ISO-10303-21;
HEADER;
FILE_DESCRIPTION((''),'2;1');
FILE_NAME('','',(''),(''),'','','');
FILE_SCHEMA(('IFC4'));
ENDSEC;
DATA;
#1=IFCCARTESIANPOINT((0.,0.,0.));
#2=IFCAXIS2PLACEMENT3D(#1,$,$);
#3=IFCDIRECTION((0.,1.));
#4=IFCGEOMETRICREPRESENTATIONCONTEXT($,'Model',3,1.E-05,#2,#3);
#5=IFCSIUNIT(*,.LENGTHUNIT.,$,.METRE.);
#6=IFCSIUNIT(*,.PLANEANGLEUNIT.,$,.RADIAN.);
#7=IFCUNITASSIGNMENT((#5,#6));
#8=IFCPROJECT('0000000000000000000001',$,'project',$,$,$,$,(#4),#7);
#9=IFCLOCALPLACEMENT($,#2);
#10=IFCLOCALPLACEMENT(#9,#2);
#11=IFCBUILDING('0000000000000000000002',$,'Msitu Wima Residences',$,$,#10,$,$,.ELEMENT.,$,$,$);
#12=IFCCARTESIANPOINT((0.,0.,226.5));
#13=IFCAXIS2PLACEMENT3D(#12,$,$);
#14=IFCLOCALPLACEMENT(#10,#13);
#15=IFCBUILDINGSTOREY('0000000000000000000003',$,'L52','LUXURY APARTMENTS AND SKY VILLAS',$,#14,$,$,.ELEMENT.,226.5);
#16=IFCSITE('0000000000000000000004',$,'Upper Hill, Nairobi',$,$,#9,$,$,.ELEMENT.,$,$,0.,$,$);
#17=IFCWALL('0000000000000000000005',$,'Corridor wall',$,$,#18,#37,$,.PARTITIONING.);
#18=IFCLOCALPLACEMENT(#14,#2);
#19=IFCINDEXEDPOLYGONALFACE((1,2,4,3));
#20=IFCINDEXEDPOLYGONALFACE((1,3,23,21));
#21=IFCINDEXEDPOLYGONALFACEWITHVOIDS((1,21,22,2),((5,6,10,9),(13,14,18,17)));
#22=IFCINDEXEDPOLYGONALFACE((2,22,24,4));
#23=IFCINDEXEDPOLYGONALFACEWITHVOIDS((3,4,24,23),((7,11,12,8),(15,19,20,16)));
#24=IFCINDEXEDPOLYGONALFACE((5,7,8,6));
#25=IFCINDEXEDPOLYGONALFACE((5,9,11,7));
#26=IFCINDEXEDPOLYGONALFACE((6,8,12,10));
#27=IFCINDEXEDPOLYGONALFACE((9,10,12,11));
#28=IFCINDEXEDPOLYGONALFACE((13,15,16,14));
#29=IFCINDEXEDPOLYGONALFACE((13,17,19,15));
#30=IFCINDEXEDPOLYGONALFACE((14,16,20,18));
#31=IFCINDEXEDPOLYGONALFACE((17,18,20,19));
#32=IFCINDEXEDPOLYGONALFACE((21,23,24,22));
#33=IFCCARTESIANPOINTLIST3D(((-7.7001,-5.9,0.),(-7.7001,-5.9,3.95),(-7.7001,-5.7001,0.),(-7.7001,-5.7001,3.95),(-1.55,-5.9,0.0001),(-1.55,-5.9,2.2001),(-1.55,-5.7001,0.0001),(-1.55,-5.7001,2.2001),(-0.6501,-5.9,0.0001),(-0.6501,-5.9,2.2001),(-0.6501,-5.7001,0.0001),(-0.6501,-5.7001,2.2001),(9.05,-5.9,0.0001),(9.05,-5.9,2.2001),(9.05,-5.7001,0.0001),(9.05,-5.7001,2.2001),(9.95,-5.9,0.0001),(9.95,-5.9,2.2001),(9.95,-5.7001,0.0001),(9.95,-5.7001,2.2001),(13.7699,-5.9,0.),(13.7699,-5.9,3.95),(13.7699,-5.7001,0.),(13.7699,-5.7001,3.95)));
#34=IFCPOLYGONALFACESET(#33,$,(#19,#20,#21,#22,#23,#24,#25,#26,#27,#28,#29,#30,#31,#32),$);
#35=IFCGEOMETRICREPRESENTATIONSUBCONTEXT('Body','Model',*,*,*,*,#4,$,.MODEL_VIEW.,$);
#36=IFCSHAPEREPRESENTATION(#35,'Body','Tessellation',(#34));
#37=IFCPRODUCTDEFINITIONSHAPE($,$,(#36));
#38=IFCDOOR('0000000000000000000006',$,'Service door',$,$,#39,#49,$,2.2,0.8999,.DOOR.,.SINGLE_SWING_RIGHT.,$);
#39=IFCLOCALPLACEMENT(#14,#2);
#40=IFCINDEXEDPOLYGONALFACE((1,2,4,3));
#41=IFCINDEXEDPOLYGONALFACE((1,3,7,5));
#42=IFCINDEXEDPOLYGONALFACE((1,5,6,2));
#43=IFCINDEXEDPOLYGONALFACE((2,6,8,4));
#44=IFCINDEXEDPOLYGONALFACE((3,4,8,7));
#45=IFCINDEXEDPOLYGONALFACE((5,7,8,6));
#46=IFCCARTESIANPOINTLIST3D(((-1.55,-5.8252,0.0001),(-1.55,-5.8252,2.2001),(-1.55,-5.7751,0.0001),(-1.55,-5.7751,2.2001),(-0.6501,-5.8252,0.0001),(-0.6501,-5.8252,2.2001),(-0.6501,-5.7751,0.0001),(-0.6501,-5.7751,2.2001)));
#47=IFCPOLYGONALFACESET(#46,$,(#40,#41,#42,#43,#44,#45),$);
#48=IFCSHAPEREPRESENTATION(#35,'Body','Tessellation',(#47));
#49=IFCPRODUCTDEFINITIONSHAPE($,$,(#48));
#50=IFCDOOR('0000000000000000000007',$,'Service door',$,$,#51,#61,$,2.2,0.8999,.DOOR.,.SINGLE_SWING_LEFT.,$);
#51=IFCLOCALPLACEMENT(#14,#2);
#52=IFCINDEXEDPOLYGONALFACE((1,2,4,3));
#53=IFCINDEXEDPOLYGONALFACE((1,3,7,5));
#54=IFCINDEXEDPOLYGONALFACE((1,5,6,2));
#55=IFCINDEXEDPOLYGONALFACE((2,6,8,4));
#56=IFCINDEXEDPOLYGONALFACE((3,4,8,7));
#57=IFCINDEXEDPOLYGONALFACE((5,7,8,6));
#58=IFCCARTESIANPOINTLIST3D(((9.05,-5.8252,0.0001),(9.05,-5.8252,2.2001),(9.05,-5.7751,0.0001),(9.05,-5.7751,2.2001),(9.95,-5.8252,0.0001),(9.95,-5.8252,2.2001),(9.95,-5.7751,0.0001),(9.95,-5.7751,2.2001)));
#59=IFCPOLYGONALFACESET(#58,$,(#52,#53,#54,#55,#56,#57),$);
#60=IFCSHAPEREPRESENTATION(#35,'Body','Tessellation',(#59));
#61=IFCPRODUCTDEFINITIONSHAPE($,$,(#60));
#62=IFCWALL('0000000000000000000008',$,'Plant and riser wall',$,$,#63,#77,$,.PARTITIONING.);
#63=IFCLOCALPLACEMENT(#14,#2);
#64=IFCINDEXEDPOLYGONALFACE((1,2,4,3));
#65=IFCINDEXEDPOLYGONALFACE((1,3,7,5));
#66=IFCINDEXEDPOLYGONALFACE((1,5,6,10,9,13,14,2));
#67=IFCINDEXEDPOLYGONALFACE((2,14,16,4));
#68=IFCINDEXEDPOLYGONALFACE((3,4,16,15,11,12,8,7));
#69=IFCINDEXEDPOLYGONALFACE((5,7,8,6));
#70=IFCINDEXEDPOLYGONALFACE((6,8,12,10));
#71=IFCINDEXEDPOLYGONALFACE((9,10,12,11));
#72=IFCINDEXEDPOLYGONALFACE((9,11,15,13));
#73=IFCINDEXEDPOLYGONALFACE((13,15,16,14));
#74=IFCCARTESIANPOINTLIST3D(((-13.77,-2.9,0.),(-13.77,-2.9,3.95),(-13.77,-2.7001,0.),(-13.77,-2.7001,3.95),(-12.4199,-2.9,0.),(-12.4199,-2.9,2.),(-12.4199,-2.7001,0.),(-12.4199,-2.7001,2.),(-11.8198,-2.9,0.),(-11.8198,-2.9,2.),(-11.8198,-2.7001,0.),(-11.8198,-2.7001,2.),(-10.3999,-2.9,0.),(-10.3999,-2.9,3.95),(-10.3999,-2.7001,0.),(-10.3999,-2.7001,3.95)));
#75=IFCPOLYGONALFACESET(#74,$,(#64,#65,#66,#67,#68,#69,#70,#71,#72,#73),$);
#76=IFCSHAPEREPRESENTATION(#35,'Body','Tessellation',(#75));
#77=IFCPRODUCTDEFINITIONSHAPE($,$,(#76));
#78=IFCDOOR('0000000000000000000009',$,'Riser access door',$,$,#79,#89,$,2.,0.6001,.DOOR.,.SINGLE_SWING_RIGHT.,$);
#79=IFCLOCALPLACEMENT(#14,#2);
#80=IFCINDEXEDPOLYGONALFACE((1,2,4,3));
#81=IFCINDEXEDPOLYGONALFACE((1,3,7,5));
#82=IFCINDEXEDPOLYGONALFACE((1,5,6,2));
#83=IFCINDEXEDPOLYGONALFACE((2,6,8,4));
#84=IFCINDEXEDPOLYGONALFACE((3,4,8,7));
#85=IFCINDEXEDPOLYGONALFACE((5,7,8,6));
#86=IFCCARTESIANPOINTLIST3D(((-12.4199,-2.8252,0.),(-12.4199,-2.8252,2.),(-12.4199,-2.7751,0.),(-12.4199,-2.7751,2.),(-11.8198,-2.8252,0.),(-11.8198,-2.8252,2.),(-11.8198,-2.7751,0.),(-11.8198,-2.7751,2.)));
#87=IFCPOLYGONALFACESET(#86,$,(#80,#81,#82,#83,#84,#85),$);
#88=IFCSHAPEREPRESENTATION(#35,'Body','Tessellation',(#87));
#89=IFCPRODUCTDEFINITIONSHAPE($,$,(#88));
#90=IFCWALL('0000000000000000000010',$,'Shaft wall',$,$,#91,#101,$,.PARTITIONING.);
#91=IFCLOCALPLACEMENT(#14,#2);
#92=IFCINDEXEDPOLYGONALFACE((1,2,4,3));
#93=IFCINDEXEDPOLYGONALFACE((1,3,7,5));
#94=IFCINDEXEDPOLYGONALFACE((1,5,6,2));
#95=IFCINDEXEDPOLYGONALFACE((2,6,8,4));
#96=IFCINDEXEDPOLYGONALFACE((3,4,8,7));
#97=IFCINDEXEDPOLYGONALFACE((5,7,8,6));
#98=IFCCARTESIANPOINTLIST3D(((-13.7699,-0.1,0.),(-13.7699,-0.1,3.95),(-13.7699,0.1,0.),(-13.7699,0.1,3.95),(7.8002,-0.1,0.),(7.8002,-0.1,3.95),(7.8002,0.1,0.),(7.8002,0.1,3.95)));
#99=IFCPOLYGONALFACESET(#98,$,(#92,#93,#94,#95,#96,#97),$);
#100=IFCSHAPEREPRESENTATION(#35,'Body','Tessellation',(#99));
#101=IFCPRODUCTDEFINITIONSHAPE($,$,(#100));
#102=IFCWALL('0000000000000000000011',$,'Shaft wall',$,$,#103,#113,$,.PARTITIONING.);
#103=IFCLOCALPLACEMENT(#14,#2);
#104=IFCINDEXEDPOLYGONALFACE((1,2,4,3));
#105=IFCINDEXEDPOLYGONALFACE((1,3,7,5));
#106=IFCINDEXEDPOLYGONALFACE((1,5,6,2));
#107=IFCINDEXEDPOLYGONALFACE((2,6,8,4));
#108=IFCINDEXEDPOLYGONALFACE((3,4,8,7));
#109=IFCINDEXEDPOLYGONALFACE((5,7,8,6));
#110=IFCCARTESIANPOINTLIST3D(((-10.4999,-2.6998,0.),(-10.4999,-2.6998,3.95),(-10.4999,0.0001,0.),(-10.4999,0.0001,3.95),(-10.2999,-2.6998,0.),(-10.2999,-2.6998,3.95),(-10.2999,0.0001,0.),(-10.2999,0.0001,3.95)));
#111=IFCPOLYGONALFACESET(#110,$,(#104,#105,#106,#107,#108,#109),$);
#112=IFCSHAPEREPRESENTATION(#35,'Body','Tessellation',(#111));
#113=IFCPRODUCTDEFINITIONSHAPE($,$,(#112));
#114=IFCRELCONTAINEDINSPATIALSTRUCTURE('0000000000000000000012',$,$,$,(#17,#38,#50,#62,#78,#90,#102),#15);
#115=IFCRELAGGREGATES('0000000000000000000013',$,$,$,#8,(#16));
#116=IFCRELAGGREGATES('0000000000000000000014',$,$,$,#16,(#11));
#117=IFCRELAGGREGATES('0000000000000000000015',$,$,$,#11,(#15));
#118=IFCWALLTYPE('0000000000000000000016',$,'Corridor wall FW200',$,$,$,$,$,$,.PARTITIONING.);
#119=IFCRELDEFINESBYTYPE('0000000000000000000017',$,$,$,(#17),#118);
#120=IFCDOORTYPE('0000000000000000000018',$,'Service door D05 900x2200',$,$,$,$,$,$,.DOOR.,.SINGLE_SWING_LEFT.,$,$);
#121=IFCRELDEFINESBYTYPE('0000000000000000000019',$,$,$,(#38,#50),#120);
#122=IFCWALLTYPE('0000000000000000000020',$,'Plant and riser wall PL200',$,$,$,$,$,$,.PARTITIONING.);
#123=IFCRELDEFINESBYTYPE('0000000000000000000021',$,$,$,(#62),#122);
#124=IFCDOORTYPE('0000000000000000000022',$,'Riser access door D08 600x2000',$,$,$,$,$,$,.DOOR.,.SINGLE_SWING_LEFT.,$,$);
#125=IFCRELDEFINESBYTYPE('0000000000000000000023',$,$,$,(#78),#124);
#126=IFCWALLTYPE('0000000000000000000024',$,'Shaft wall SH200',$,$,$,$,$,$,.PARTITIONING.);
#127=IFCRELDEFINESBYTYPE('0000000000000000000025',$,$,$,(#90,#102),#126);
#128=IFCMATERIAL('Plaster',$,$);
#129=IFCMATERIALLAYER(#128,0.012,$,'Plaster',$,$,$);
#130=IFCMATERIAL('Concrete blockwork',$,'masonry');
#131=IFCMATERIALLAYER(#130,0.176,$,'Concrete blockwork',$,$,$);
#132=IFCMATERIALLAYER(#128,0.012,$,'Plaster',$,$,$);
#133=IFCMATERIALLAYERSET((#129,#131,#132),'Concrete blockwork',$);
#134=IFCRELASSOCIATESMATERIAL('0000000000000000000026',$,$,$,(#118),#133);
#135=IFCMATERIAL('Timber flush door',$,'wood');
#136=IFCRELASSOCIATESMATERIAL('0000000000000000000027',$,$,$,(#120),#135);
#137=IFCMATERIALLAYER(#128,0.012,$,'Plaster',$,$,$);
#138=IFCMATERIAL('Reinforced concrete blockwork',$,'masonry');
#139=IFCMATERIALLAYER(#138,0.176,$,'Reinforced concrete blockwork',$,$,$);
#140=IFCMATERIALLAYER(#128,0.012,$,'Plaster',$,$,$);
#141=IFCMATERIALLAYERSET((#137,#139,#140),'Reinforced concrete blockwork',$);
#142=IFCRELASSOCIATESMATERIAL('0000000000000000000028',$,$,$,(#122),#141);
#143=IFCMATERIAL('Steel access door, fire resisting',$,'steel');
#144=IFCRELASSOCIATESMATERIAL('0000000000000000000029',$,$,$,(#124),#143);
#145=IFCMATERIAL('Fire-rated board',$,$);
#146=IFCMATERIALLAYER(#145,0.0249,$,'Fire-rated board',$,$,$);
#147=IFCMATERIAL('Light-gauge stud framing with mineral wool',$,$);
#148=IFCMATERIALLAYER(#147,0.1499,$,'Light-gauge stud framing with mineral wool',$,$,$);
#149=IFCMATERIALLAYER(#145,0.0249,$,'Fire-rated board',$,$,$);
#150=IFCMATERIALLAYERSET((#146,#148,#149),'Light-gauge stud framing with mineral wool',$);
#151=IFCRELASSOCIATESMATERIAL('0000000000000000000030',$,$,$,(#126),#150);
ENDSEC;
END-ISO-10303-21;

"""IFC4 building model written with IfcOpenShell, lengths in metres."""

from ifc_helpers import new_model, si_unit, direction, frame, frame_2d, origin, place, context, subcontext, project, spatial, rectangle, extrude, material, layer, layer_set, type_object, element, fill, save


model = new_model("IFC4")

# Units and contexts
model_context = context("Model", 3, precision=1e-05, world=origin(), true_north=direction((0.0, 1.0)))
body_context = subcontext(model_context, "Body", "Model", "MODEL_VIEW")
ifc_project = project(units=[si_unit("LENGTHUNIT", "METRE"), si_unit("PLANEANGLEUNIT", "RADIAN")], contexts=[model_context])

# Site, building, storey
site_placement = place(None, origin())
site = spatial("IfcSite", under=ifc_project, at=site_placement, Name="Upper Hill, Nairobi", CompositionType="ELEMENT", RefElevation=0.0)
building_placement = place(site_placement, origin())
building = spatial("IfcBuilding", under=site, at=building_placement, Name="Msitu Wima Residences", CompositionType="ELEMENT")
storey_placement = place(building_placement, frame((0.0, 0.0, 226.5)))
storey = spatial("IfcBuildingStorey", under=building, at=storey_placement, Name="L52", Description="LUXURY APARTMENTS AND SKY VILLAS", CompositionType="ELEMENT", Elevation=226.5)

# Shared definitions
ifc_material_1 = material(Name="Plaster")
ifc_layer_1 = layer(ifc_material_1, 0.012, Name="Plaster")
ifc_material_2 = material(Name="Concrete blockwork", Category="masonry")
ifc_layer_2 = layer(ifc_material_2, 0.176, Name="Concrete blockwork")
ifc_layer_3 = layer(ifc_material_1, 0.012, Name="Plaster")
ifc_layer_set_1 = layer_set([ifc_layer_1, ifc_layer_2, ifc_layer_3], Name="Concrete blockwork")
wall_type_1 = type_object("IfcWallType", Name="Corridor wall FW200", PredefinedType="PARTITIONING", material=ifc_layer_set_1)

# Wall, openings, doors
wall_1_placement = place(storey_placement, frame((-7.7, -5.8, 0.0), z_axis=(0.0, 0.0, 1.0), x_axis=(1.0, 0.0, 0.0)))
wall_1 = element("IfcWall", 1, at=wall_1_placement, inside=storey, type_object=wall_type_1, Name="Corridor wall", PredefinedType="PARTITIONING", context=body_context, shape_type="SweptSolid", body=[
    extrude(rectangle(XDim=21.47, YDim=0.2, at=frame_2d((10.7349, 0.0))), origin(), (0.0, 0.0, 1.0), 3.95),
])
opening_1_placement = place(wall_1_placement, frame((6.1499, 0.0, 0.0)))
opening_1 = element("IfcOpeningElement", 2, at=opening_1_placement, cuts=wall_1, PredefinedType="OPENING", context=body_context, shape_type="SweptSolid", body=[
    extrude(rectangle(XDim=0.8999, YDim=2.2, at=frame_2d((0.45, 1.1001))), frame((0.0, 0.1099, 0.0), z_axis=(0.0, -1.0, 0.0), x_axis=(1.0, 0.0, 0.0)), (0.0, 0.0, 1.0), 0.22),
])
opening_2_placement = place(wall_1_placement, frame((16.75, 0.0, 0.0)))
opening_2 = element("IfcOpeningElement", 3, at=opening_2_placement, cuts=wall_1, PredefinedType="OPENING", context=body_context, shape_type="SweptSolid", body=[
    extrude(rectangle(XDim=0.8999, YDim=2.2, at=frame_2d((0.45, 1.1001))), frame((0.0, 0.1099, 0.0), z_axis=(0.0, -1.0, 0.0), x_axis=(1.0, 0.0, 0.0)), (0.0, 0.0, 1.0), 0.22),
])
ifc_material_3 = material(Name="Timber flush door", Category="wood")
door_type_1 = type_object("IfcDoorType", Name="Service door D05 900x2200", OperationType="SINGLE_SWING_LEFT", PredefinedType="DOOR", material=ifc_material_3)
door_1_placement = place(opening_1_placement, origin())
door_1 = element("IfcDoor", 4, at=door_1_placement, inside=storey, type_object=door_type_1, Name="Service door", OperationType="SINGLE_SWING_RIGHT", OverallHeight=2.2, OverallWidth=0.8999, PredefinedType="DOOR", context=body_context, shape_type="SweptSolid", body=[
    extrude(rectangle(XDim=0.8999, YDim=2.2, at=frame_2d((0.45, 1.1001))), frame((0.0, 0.0249, 0.0), z_axis=(0.0, -1.0, 0.0), x_axis=(1.0, 0.0, 0.0)), (0.0, 0.0, 1.0), 0.05),
])
fill(opening_1, door_1)
door_2_placement = place(opening_2_placement, origin())
door_2 = element("IfcDoor", 5, at=door_2_placement, inside=storey, type_object=door_type_1, Name="Service door", OperationType="SINGLE_SWING_LEFT", OverallHeight=2.2, OverallWidth=0.8999, PredefinedType="DOOR", context=body_context, shape_type="SweptSolid", body=[
    extrude(rectangle(XDim=0.8999, YDim=2.2, at=frame_2d((0.45, 1.1001))), frame((0.0, 0.0249, 0.0), z_axis=(0.0, -1.0, 0.0), x_axis=(1.0, 0.0, 0.0)), (0.0, 0.0, 1.0), 0.05),
])
fill(opening_2, door_2)

# Wall, opening, door
ifc_layer_4 = layer(ifc_material_1, 0.012, Name="Plaster")
ifc_material_4 = material(Name="Reinforced concrete blockwork", Category="masonry")
ifc_layer_5 = layer(ifc_material_4, 0.176, Name="Reinforced concrete blockwork")
ifc_layer_6 = layer(ifc_material_1, 0.012, Name="Plaster")
ifc_layer_set_2 = layer_set([ifc_layer_4, ifc_layer_5, ifc_layer_6], Name="Reinforced concrete blockwork")
wall_type_2 = type_object("IfcWallType", Name="Plant and riser wall PL200", PredefinedType="PARTITIONING", material=ifc_layer_set_2)
wall_2_placement = place(storey_placement, frame((-13.77, -2.8, 0.0), z_axis=(0.0, 0.0, 1.0), x_axis=(1.0, 0.0, 0.0)))
wall_2 = element("IfcWall", 6, at=wall_2_placement, inside=storey, type_object=wall_type_2, Name="Plant and riser wall", PredefinedType="PARTITIONING", context=body_context, shape_type="SweptSolid", body=[
    extrude(rectangle(XDim=3.3701, YDim=0.2, at=frame_2d((1.6851, 0.0))), origin(), (0.0, 0.0, 1.0), 3.95),
])
opening_3_placement = place(wall_2_placement, frame((1.3501, 0.0, 0.0)))
opening_3 = element("IfcOpeningElement", 7, at=opening_3_placement, cuts=wall_2, PredefinedType="OPENING", context=body_context, shape_type="SweptSolid", body=[
    extrude(rectangle(XDim=0.6001, YDim=2.0, at=frame_2d((0.3, 1.0))), frame((0.0, 0.1099, 0.0), z_axis=(0.0, -1.0, 0.0), x_axis=(1.0, 0.0, 0.0)), (0.0, 0.0, 1.0), 0.22),
])
ifc_material_5 = material(Name="Steel access door, fire resisting", Category="steel")
door_type_2 = type_object("IfcDoorType", Name="Riser access door D08 600x2000", OperationType="SINGLE_SWING_LEFT", PredefinedType="DOOR", material=ifc_material_5)
door_3_placement = place(opening_3_placement, origin())
door_3 = element("IfcDoor", 8, at=door_3_placement, inside=storey, type_object=door_type_2, Name="Riser access door", OperationType="SINGLE_SWING_RIGHT", OverallHeight=2.0, OverallWidth=0.6001, PredefinedType="DOOR", context=body_context, shape_type="SweptSolid", body=[
    extrude(rectangle(XDim=0.6001, YDim=2.0, at=frame_2d((0.3, 1.0))), frame((0.0, 0.0249, 0.0), z_axis=(0.0, -1.0, 0.0), x_axis=(1.0, 0.0, 0.0)), (0.0, 0.0, 1.0), 0.05),
])
fill(opening_3, door_3)

# Walls
ifc_material_6 = material(Name="Fire-rated board")
ifc_layer_7 = layer(ifc_material_6, 0.0249, Name="Fire-rated board")
ifc_material_7 = material(Name="Light-gauge stud framing with mineral wool")
ifc_layer_8 = layer(ifc_material_7, 0.1499, Name="Light-gauge stud framing with mineral wool")
ifc_layer_9 = layer(ifc_material_6, 0.0249, Name="Fire-rated board")
ifc_layer_set_3 = layer_set([ifc_layer_7, ifc_layer_8, ifc_layer_9], Name="Light-gauge stud framing with mineral wool")
wall_type_3 = type_object("IfcWallType", Name="Shaft wall SH200", PredefinedType="PARTITIONING", material=ifc_layer_set_3)
wall_3_placement = place(storey_placement, frame((-13.77, 0.0, 0.0), z_axis=(0.0, 0.0, 1.0), x_axis=(1.0, 0.0, 0.0)))
element("IfcWall", 9, at=wall_3_placement, inside=storey, type_object=wall_type_3, Name="Shaft wall", PredefinedType="PARTITIONING", context=body_context, shape_type="SweptSolid", body=[
    extrude(rectangle(XDim=21.5701, YDim=0.2, at=frame_2d((10.7852, 0.0))), origin(), (0.0, 0.0, 1.0), 3.95),
])
wall_4_placement = place(storey_placement, frame((-10.3999, -2.7, 0.0), z_axis=(0.0, 0.0, 1.0), x_axis=(0.0, 1.0, 0.0)))
element("IfcWall", 10, at=wall_4_placement, inside=storey, type_object=wall_type_3, Name="Shaft wall", PredefinedType="PARTITIONING", context=body_context, shape_type="SweptSolid", body=[
    extrude(rectangle(XDim=2.7, YDim=0.2, at=frame_2d((1.3501, 0.0))), origin(), (0.0, 0.0, 1.0), 3.95),
])

save(model, "model.ifc")
